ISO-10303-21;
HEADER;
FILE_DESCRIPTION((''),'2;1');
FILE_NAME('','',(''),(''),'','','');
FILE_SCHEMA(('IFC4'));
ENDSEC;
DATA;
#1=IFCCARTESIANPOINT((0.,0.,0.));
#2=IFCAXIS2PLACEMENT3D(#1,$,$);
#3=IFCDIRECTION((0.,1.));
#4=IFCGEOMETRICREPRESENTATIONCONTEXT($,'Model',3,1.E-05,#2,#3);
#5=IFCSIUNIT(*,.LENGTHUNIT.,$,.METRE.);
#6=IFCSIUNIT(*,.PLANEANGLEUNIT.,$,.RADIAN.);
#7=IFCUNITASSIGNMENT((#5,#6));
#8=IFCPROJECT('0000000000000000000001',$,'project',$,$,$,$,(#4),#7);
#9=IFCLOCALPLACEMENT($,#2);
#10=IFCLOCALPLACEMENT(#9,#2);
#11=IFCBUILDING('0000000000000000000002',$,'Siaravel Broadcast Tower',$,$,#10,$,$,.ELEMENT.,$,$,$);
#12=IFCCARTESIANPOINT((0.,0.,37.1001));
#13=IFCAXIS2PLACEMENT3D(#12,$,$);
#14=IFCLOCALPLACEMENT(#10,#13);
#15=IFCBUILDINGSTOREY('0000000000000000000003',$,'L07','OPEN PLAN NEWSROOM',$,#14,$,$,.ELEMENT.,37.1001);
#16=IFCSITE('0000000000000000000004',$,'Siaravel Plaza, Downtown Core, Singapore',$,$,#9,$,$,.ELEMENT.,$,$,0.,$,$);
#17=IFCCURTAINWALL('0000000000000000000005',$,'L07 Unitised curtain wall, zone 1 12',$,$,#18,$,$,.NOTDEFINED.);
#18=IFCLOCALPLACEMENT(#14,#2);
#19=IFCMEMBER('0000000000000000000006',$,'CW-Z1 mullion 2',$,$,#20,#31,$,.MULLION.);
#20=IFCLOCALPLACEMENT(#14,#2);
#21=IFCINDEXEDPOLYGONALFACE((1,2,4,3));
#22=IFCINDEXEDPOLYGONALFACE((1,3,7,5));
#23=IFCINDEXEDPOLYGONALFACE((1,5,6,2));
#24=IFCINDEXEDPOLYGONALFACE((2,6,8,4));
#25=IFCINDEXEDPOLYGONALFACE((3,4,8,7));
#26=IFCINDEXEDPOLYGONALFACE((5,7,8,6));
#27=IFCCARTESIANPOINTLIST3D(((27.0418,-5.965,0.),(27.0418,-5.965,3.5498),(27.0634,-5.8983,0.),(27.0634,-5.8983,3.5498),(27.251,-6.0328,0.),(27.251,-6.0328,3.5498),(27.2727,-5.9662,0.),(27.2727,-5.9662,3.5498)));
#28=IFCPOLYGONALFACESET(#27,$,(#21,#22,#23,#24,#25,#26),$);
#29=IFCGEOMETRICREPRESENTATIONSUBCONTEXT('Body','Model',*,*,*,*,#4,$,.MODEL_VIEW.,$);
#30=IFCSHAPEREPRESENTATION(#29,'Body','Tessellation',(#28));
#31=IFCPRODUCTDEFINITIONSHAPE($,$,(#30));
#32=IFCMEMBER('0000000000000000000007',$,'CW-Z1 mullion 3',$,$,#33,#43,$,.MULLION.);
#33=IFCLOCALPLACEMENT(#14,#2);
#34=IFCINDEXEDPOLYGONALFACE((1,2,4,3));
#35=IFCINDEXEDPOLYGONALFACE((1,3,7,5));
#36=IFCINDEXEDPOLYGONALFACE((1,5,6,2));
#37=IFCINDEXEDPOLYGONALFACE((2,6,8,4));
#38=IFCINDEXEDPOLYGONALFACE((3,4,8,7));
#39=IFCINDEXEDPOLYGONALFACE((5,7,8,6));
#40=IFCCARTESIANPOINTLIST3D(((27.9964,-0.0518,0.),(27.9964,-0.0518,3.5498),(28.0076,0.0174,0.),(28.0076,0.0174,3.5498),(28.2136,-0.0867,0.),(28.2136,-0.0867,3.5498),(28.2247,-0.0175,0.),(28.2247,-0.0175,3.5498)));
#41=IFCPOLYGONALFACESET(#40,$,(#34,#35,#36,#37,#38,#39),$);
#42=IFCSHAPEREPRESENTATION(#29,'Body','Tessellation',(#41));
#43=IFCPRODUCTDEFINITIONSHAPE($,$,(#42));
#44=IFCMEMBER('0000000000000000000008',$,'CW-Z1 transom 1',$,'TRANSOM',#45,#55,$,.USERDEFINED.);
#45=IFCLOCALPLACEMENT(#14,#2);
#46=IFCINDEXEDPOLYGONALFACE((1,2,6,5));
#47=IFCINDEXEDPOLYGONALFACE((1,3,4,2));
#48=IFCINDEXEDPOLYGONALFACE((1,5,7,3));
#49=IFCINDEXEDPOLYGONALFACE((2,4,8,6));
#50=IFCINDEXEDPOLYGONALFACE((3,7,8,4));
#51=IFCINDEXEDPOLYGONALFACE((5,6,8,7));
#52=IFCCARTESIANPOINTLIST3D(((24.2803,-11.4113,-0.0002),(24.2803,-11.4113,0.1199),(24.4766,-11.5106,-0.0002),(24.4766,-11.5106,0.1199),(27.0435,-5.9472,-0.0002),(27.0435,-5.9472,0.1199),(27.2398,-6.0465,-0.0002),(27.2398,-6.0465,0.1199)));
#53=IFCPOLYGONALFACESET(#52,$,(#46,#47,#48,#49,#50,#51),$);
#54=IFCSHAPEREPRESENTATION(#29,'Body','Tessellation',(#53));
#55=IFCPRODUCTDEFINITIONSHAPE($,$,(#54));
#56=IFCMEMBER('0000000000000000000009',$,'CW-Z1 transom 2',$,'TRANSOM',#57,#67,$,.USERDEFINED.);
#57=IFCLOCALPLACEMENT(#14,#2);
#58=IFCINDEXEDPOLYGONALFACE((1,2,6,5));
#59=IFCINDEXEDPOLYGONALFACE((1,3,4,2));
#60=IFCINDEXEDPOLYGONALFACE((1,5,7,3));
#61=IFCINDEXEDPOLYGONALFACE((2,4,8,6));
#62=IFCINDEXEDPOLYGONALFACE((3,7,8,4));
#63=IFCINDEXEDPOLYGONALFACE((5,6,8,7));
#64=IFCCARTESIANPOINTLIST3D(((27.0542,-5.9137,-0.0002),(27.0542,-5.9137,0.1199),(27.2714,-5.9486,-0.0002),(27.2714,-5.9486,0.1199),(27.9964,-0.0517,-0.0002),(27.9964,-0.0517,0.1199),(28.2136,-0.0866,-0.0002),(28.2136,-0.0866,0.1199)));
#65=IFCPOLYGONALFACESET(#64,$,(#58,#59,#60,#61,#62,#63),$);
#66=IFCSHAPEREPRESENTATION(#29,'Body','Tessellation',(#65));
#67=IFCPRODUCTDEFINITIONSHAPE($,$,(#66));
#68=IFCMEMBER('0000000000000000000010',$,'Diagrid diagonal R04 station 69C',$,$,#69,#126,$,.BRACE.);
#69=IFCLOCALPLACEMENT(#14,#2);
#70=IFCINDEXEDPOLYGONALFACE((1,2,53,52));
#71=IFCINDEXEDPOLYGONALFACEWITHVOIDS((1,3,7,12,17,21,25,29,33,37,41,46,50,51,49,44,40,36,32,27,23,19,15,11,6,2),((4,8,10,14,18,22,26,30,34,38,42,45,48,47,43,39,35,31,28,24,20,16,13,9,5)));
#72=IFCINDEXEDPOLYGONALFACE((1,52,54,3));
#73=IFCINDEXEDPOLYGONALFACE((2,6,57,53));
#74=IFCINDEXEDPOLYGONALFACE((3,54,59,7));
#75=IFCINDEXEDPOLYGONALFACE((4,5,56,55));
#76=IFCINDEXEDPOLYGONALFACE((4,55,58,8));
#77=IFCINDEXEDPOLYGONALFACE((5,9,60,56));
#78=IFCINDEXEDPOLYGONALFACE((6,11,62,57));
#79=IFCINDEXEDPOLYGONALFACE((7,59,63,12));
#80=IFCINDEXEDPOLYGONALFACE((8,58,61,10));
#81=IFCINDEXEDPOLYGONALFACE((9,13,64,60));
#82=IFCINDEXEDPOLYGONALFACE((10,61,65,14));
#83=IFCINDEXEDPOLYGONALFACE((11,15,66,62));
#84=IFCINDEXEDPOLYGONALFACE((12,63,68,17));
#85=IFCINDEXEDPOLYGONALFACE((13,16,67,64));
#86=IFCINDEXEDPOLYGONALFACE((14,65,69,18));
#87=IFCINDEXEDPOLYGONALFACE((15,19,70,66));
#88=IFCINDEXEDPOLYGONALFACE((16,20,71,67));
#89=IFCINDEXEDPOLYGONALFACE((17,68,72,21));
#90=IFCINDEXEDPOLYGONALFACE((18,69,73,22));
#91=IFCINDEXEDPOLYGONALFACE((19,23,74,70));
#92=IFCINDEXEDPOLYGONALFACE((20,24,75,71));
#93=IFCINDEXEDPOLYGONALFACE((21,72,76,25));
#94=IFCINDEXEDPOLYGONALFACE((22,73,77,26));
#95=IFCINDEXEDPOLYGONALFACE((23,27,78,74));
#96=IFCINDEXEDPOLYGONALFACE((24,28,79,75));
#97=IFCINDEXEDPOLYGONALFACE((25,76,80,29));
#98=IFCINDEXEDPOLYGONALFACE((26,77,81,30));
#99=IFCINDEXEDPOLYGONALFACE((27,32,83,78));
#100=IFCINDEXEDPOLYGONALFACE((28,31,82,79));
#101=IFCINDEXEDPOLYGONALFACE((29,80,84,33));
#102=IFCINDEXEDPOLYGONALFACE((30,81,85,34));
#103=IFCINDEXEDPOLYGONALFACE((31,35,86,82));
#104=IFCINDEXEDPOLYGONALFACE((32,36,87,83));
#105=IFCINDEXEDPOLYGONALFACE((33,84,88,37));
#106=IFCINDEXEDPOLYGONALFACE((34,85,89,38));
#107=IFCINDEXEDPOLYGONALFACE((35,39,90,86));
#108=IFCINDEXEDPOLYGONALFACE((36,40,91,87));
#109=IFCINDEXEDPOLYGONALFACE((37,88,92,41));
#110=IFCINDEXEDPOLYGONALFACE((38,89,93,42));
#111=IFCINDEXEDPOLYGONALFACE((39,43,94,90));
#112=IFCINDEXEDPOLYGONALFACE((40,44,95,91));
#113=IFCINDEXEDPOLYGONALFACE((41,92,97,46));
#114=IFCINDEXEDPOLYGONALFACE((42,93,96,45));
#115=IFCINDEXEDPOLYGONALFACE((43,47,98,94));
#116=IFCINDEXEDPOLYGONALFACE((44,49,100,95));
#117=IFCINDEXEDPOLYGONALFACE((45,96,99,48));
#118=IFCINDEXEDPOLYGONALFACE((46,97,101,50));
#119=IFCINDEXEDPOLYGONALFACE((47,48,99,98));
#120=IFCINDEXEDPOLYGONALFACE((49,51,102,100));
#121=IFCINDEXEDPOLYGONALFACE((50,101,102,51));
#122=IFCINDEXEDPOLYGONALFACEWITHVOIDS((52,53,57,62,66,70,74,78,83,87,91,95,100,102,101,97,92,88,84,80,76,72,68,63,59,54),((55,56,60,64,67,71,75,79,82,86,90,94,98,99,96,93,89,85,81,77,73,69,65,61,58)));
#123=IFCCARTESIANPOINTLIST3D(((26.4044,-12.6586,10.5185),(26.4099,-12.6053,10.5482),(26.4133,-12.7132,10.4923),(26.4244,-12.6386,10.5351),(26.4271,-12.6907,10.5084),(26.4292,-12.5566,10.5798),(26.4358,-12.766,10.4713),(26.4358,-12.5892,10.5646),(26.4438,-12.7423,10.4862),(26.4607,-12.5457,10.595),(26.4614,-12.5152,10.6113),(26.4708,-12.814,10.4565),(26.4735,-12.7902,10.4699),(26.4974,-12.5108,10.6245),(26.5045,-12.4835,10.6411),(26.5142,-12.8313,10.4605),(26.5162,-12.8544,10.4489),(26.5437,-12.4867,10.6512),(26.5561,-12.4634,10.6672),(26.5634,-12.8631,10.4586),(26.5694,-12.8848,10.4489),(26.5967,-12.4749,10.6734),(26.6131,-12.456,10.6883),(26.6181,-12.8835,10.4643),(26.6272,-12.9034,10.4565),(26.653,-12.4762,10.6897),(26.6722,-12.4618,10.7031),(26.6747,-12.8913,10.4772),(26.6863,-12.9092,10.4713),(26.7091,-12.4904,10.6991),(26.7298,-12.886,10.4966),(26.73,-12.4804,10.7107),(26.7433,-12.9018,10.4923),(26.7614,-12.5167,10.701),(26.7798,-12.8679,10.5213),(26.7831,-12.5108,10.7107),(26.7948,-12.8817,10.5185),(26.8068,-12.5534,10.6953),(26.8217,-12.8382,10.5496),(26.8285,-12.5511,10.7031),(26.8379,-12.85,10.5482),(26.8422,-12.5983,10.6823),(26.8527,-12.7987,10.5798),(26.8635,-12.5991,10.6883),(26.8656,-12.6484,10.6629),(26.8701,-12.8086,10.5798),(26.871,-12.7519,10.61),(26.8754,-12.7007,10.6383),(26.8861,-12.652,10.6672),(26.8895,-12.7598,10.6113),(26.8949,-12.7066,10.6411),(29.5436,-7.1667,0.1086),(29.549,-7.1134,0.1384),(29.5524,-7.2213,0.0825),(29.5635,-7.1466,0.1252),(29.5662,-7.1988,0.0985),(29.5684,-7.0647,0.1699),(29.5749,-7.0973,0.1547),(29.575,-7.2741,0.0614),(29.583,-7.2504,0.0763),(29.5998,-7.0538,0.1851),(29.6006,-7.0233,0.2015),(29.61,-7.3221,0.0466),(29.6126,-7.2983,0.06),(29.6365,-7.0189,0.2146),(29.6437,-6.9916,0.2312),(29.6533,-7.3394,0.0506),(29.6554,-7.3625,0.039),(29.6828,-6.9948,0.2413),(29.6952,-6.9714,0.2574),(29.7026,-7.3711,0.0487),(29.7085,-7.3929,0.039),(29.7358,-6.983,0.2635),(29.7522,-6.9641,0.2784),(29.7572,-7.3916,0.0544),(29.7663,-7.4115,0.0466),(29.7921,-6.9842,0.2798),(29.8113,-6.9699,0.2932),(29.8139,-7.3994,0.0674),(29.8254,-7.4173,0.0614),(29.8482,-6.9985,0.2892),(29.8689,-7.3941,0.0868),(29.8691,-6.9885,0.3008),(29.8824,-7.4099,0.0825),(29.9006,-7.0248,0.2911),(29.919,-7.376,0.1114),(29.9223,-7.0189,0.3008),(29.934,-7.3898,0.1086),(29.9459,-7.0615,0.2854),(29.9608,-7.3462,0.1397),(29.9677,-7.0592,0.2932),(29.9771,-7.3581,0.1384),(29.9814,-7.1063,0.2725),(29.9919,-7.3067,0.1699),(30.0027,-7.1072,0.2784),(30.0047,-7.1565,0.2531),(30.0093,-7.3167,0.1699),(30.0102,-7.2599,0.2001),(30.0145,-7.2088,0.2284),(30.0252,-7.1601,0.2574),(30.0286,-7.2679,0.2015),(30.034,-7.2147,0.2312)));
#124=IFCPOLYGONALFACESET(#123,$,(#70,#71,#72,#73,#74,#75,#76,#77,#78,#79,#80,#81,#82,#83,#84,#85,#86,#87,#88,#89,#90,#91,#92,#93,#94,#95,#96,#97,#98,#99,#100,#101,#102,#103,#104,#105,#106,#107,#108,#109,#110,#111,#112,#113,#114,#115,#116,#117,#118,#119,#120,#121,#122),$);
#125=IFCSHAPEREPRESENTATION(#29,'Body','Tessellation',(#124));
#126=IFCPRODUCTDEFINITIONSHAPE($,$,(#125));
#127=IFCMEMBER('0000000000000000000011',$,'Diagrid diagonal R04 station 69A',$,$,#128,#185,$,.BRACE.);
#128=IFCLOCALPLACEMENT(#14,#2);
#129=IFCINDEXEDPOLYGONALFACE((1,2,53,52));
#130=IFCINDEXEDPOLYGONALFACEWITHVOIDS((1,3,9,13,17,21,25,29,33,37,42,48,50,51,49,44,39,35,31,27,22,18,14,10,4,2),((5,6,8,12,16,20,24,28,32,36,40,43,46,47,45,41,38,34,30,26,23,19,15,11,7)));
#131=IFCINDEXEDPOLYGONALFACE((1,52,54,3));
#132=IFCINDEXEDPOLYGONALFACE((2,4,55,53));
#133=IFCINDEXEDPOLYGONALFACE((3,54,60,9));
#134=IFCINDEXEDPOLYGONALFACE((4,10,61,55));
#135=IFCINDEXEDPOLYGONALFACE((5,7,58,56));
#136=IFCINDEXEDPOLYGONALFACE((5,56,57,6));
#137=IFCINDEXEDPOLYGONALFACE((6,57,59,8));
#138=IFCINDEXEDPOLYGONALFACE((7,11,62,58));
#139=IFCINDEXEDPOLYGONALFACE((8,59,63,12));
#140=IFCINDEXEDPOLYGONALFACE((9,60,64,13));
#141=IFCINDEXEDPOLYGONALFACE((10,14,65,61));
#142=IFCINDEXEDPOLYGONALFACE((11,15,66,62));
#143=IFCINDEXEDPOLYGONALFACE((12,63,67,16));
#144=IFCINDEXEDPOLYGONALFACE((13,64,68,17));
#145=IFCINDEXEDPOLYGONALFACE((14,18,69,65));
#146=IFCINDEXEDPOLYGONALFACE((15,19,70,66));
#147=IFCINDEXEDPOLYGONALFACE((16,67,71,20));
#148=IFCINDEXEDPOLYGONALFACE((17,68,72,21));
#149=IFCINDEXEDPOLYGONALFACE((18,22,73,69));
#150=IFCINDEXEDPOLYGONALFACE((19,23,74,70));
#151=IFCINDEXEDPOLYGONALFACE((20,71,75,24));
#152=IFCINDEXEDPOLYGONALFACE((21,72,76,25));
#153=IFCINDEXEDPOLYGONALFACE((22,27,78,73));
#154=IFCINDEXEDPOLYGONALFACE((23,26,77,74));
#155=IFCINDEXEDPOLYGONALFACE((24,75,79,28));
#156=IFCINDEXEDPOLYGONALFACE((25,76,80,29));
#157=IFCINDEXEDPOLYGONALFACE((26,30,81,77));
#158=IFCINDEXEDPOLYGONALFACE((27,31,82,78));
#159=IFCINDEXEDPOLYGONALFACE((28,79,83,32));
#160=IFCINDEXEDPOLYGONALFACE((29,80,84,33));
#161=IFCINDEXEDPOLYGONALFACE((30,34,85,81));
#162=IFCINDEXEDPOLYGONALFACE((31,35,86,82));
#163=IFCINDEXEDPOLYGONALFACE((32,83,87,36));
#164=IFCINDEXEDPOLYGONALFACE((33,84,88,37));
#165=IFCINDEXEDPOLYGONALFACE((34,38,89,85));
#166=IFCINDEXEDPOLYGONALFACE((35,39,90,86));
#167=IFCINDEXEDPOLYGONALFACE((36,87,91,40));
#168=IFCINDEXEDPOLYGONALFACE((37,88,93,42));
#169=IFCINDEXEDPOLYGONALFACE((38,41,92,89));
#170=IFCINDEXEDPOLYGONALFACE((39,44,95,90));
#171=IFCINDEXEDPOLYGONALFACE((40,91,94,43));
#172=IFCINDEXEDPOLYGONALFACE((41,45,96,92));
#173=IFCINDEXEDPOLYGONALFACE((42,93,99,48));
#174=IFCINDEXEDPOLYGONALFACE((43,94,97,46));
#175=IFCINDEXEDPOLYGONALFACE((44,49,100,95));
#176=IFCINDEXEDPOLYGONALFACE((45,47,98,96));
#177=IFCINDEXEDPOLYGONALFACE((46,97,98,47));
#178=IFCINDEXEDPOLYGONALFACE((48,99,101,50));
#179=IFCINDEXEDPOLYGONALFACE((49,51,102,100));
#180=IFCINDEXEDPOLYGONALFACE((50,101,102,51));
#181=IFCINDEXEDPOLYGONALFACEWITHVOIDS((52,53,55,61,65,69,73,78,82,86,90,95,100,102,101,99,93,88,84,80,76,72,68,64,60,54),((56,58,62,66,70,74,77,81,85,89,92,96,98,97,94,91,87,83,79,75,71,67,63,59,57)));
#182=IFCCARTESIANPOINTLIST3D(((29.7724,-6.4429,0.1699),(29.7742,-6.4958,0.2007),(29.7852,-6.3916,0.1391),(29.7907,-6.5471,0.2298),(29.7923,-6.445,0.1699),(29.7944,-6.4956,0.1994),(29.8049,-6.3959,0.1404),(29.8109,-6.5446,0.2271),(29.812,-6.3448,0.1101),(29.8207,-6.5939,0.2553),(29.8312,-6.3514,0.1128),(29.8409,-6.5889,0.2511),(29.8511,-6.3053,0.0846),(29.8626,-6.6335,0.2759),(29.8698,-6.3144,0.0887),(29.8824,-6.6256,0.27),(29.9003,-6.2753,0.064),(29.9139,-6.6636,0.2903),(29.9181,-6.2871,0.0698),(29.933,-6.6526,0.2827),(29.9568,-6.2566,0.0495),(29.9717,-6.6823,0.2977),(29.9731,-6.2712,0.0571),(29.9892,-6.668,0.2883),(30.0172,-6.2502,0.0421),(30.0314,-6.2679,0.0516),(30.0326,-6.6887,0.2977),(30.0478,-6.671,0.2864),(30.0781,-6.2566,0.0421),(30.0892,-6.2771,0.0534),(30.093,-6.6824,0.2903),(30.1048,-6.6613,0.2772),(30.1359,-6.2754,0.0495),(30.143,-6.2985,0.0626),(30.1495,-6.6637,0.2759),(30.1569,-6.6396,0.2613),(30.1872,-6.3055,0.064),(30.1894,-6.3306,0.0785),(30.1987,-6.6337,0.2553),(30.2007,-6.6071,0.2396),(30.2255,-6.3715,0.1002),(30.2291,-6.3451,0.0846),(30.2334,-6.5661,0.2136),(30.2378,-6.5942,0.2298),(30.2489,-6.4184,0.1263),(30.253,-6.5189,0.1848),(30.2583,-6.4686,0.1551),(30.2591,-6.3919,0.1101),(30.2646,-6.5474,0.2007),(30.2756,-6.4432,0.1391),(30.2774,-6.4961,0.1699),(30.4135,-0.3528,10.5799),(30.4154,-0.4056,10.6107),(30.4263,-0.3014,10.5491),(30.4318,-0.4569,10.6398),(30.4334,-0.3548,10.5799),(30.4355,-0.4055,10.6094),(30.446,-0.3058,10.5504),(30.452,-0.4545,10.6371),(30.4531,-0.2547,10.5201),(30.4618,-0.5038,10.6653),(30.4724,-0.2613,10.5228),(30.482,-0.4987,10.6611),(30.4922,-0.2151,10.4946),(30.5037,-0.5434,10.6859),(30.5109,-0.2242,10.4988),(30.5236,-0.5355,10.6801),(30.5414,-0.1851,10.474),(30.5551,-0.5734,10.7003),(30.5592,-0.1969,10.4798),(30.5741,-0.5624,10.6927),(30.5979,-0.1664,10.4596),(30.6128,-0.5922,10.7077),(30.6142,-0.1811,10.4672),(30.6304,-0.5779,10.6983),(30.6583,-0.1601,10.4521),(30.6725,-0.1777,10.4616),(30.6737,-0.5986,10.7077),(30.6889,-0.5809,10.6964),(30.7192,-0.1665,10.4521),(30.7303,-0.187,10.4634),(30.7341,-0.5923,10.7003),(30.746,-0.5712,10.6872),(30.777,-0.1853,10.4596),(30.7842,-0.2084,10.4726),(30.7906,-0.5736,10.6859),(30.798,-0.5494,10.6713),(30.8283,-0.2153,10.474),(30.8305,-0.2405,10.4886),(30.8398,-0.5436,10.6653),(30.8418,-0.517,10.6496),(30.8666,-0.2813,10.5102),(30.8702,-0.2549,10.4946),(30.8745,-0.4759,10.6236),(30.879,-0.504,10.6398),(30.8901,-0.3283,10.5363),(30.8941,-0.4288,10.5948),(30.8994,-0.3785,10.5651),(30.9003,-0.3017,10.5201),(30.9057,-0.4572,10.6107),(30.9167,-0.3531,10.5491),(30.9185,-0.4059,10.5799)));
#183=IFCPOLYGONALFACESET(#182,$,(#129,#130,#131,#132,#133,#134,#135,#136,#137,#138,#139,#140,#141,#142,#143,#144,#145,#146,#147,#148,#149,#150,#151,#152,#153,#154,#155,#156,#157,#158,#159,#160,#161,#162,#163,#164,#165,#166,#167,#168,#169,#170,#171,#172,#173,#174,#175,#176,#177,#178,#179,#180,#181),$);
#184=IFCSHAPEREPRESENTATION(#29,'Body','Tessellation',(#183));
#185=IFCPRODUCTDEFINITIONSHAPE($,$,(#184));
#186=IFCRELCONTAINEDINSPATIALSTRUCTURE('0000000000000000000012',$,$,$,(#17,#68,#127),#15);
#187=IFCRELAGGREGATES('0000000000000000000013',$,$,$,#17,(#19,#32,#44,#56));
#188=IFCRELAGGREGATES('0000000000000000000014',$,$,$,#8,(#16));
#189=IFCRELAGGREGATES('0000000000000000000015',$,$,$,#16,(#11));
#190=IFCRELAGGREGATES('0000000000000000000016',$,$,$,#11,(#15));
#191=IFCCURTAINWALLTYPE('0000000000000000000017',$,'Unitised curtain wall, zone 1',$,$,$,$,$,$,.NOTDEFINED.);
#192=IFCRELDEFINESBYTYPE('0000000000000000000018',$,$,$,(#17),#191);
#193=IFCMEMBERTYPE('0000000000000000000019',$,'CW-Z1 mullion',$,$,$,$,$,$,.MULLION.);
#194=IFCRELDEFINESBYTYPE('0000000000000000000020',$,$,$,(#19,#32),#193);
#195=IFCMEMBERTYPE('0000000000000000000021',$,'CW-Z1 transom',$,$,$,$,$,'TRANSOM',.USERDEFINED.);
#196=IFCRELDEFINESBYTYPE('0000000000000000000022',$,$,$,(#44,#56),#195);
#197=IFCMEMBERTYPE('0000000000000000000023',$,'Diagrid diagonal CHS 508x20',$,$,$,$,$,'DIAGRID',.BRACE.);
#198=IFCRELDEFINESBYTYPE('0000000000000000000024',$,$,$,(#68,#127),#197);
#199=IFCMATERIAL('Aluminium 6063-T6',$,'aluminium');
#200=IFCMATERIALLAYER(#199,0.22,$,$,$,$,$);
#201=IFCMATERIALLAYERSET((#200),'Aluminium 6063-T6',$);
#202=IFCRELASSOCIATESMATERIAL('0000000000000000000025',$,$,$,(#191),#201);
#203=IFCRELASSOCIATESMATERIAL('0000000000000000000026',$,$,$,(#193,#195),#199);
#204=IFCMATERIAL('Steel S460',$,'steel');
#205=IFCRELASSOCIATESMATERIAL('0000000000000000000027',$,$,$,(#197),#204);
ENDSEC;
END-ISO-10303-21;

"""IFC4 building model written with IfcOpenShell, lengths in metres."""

from ifc_helpers import new_model, si_unit, direction, frame, origin, origin_2d, place, context, subcontext, project, spatial, rectangle, hollow_circle, extrude, material, layer, layer_set, material_profile, profile_set, type_object, element, aggregate, save


model = new_model("IFC4")

# Units and contexts
model_context = context("Model", 3, precision=1e-05, world=origin(), true_north=direction((0.0, 1.0)))
body_context = subcontext(model_context, "Body", "Model", "MODEL_VIEW")
ifc_project = project(units=[si_unit("LENGTHUNIT", "METRE"), si_unit("PLANEANGLEUNIT", "RADIAN")], contexts=[model_context])

# Site, building, storey
site_placement = place(None, origin())
site = spatial("IfcSite", under=ifc_project, at=site_placement, Name="Siaravel Plaza, Downtown Core, Singapore", CompositionType="ELEMENT", RefElevation=0.0)
building_placement = place(site_placement, origin())
building = spatial("IfcBuilding", under=site, at=building_placement, Name="Siaravel Broadcast Tower", CompositionType="ELEMENT")
storey_placement = place(building_placement, frame((0.0, 0.0, 37.1001)))
storey = spatial("IfcBuildingStorey", under=building, at=storey_placement, Name="L07", Description="OPEN PLAN NEWSROOM", CompositionType="ELEMENT", Elevation=37.1001)

# Curtain wall, members
ifc_material_1 = material(Name="Aluminium 6063-T6", Category="aluminium")
ifc_layer_1 = layer(ifc_material_1, 0.22)
ifc_layer_set_1 = layer_set([ifc_layer_1], Name="Aluminium 6063-T6")
curtain_wall_type = type_object("IfcCurtainWallType", Name="Unitised curtain wall, zone 1", PredefinedType="NOTDEFINED", material=ifc_layer_set_1)
curtain_wall_placement = place(storey_placement, origin())
curtain_wall = element("IfcCurtainWall", 1, at=curtain_wall_placement, inside=storey, type_object=curtain_wall_type, Name="L07 Unitised curtain wall, zone 1 12", PredefinedType="NOTDEFINED")
ifc_material_profile_1 = material_profile(ifc_material_1, rectangle(XDim=0.22, YDim=0.0701, at=origin_2d()))
ifc_profile_set_1 = profile_set([ifc_material_profile_1], Name="Aluminium 6063-T6")
member_type_1 = type_object("IfcMemberType", Name="CW-Z1 mullion", PredefinedType="MULLION", material=ifc_profile_set_1)
member_1_placement = place(storey_placement, frame((27.1572, -5.9656, 0.0), z_axis=(0.0, 0.0, 1.0), x_axis=(-0.951177, 0.308646, 0.0)))
member_1 = element("IfcMember", 2, at=member_1_placement, type_object=member_type_1, Name="CW-Z1 mullion 2", PredefinedType="MULLION", context=body_context, shape_type="SweptSolid", body=[
    extrude(rectangle(XDim=0.22, YDim=0.0701, at=origin_2d()), origin(), (0.0, 0.0, 1.0), 3.5498),
])
member_2_placement = place(storey_placement, frame((28.1106, -0.0347, 0.0), z_axis=(0.0, 0.0, 1.0), x_axis=(-0.987329, 0.158686, 0.0)))
member_2 = element("IfcMember", 3, at=member_2_placement, type_object=member_type_1, Name="CW-Z1 mullion 3", PredefinedType="MULLION", context=body_context, shape_type="SweptSolid", body=[
    extrude(rectangle(XDim=0.22, YDim=0.0701, at=origin_2d()), origin(), (0.0, 0.0, 1.0), 3.5498),
])
ifc_material_profile_2 = material_profile(ifc_material_1, rectangle(XDim=0.22, YDim=0.1201, at=origin_2d()))
ifc_profile_set_2 = profile_set([ifc_material_profile_2], Name="Aluminium 6063-T6")
member_type_2 = type_object("IfcMemberType", Name="CW-Z1 transom", ElementType="TRANSOM", PredefinedType="USERDEFINED", material=ifc_profile_set_2)
member_3_placement = place(storey_placement, frame((24.3784, -11.4609, 0.0598), z_axis=(0.451276, 0.892384, 0.0), x_axis=(-0.892384, 0.451276, 0.0)))
member_3 = element("IfcMember", 4, at=member_3_placement, type_object=member_type_2, Name="CW-Z1 transom 1", ObjectType="TRANSOM", PredefinedType="USERDEFINED", context=body_context, shape_type="SweptSolid", body=[
    extrude(rectangle(XDim=0.22, YDim=0.1201, at=origin_2d()), origin(), (0.0, 0.0, 1.0), 6.123),
])
member_4_placement = place(storey_placement, frame((27.1628, -5.9312, 0.0598), z_axis=(0.158682, 0.98733, 0.0), x_axis=(-0.98733, 0.158682, 0.0)))
member_4 = element("IfcMember", 5, at=member_4_placement, type_object=member_type_2, Name="CW-Z1 transom 2", ObjectType="TRANSOM", PredefinedType="USERDEFINED", context=body_context, shape_type="SweptSolid", body=[
    extrude(rectangle(XDim=0.22, YDim=0.1201, at=origin_2d()), origin(), (0.0, 0.0, 1.0), 5.9373),
])

# Members
ifc_material_2 = material(Name="Steel S460", Category="steel")
ifc_material_profile_3 = material_profile(ifc_material_2, hollow_circle(Radius=0.2539, WallThickness=0.02, at=origin_2d()))
ifc_profile_set_3 = profile_set([ifc_material_profile_3], Name="Steel S460")
member_type_3 = type_object("IfcMemberType", Name="Diagrid diagonal CHS 508x20", ElementType="DIAGRID", PredefinedType="BRACE", material=ifc_profile_set_3)
member_5_placement = place(storey_placement, frame((29.7888, -7.1907, 0.1699), z_axis=(-0.257705, -0.450853, 0.854587), x_axis=(0.868181, -0.496247, 0.0)))
element("IfcMember", 6, at=member_5_placement, inside=storey, type_object=member_type_3, Name="Diagrid diagonal R04 station 69C", PredefinedType="BRACE", context=body_context, shape_type="SweptSolid", body=[
    extrude(hollow_circle(Radius=0.2539, WallThickness=0.02, at=origin_2d()), origin(), (0.0, 0.0, 1.0), 12.1812),
])
member_6_placement = place(storey_placement, frame((30.0249, -6.4695, 0.1699), z_axis=(0.053083, 0.50425, 0.861925), x_axis=(-0.994505, 0.104693, 0.0)))
element("IfcMember", 7, at=member_6_placement, inside=storey, type_object=member_type_3, Name="Diagrid diagonal R04 station 69A", PredefinedType="BRACE", context=body_context, shape_type="SweptSolid", body=[
    extrude(hollow_circle(Radius=0.2539, WallThickness=0.02, at=origin_2d()), origin(), (0.0, 0.0, 1.0), 12.0776),
])

aggregate(curtain_wall, [member_1, member_2, member_3, member_4])

save(model, "model.ifc")
